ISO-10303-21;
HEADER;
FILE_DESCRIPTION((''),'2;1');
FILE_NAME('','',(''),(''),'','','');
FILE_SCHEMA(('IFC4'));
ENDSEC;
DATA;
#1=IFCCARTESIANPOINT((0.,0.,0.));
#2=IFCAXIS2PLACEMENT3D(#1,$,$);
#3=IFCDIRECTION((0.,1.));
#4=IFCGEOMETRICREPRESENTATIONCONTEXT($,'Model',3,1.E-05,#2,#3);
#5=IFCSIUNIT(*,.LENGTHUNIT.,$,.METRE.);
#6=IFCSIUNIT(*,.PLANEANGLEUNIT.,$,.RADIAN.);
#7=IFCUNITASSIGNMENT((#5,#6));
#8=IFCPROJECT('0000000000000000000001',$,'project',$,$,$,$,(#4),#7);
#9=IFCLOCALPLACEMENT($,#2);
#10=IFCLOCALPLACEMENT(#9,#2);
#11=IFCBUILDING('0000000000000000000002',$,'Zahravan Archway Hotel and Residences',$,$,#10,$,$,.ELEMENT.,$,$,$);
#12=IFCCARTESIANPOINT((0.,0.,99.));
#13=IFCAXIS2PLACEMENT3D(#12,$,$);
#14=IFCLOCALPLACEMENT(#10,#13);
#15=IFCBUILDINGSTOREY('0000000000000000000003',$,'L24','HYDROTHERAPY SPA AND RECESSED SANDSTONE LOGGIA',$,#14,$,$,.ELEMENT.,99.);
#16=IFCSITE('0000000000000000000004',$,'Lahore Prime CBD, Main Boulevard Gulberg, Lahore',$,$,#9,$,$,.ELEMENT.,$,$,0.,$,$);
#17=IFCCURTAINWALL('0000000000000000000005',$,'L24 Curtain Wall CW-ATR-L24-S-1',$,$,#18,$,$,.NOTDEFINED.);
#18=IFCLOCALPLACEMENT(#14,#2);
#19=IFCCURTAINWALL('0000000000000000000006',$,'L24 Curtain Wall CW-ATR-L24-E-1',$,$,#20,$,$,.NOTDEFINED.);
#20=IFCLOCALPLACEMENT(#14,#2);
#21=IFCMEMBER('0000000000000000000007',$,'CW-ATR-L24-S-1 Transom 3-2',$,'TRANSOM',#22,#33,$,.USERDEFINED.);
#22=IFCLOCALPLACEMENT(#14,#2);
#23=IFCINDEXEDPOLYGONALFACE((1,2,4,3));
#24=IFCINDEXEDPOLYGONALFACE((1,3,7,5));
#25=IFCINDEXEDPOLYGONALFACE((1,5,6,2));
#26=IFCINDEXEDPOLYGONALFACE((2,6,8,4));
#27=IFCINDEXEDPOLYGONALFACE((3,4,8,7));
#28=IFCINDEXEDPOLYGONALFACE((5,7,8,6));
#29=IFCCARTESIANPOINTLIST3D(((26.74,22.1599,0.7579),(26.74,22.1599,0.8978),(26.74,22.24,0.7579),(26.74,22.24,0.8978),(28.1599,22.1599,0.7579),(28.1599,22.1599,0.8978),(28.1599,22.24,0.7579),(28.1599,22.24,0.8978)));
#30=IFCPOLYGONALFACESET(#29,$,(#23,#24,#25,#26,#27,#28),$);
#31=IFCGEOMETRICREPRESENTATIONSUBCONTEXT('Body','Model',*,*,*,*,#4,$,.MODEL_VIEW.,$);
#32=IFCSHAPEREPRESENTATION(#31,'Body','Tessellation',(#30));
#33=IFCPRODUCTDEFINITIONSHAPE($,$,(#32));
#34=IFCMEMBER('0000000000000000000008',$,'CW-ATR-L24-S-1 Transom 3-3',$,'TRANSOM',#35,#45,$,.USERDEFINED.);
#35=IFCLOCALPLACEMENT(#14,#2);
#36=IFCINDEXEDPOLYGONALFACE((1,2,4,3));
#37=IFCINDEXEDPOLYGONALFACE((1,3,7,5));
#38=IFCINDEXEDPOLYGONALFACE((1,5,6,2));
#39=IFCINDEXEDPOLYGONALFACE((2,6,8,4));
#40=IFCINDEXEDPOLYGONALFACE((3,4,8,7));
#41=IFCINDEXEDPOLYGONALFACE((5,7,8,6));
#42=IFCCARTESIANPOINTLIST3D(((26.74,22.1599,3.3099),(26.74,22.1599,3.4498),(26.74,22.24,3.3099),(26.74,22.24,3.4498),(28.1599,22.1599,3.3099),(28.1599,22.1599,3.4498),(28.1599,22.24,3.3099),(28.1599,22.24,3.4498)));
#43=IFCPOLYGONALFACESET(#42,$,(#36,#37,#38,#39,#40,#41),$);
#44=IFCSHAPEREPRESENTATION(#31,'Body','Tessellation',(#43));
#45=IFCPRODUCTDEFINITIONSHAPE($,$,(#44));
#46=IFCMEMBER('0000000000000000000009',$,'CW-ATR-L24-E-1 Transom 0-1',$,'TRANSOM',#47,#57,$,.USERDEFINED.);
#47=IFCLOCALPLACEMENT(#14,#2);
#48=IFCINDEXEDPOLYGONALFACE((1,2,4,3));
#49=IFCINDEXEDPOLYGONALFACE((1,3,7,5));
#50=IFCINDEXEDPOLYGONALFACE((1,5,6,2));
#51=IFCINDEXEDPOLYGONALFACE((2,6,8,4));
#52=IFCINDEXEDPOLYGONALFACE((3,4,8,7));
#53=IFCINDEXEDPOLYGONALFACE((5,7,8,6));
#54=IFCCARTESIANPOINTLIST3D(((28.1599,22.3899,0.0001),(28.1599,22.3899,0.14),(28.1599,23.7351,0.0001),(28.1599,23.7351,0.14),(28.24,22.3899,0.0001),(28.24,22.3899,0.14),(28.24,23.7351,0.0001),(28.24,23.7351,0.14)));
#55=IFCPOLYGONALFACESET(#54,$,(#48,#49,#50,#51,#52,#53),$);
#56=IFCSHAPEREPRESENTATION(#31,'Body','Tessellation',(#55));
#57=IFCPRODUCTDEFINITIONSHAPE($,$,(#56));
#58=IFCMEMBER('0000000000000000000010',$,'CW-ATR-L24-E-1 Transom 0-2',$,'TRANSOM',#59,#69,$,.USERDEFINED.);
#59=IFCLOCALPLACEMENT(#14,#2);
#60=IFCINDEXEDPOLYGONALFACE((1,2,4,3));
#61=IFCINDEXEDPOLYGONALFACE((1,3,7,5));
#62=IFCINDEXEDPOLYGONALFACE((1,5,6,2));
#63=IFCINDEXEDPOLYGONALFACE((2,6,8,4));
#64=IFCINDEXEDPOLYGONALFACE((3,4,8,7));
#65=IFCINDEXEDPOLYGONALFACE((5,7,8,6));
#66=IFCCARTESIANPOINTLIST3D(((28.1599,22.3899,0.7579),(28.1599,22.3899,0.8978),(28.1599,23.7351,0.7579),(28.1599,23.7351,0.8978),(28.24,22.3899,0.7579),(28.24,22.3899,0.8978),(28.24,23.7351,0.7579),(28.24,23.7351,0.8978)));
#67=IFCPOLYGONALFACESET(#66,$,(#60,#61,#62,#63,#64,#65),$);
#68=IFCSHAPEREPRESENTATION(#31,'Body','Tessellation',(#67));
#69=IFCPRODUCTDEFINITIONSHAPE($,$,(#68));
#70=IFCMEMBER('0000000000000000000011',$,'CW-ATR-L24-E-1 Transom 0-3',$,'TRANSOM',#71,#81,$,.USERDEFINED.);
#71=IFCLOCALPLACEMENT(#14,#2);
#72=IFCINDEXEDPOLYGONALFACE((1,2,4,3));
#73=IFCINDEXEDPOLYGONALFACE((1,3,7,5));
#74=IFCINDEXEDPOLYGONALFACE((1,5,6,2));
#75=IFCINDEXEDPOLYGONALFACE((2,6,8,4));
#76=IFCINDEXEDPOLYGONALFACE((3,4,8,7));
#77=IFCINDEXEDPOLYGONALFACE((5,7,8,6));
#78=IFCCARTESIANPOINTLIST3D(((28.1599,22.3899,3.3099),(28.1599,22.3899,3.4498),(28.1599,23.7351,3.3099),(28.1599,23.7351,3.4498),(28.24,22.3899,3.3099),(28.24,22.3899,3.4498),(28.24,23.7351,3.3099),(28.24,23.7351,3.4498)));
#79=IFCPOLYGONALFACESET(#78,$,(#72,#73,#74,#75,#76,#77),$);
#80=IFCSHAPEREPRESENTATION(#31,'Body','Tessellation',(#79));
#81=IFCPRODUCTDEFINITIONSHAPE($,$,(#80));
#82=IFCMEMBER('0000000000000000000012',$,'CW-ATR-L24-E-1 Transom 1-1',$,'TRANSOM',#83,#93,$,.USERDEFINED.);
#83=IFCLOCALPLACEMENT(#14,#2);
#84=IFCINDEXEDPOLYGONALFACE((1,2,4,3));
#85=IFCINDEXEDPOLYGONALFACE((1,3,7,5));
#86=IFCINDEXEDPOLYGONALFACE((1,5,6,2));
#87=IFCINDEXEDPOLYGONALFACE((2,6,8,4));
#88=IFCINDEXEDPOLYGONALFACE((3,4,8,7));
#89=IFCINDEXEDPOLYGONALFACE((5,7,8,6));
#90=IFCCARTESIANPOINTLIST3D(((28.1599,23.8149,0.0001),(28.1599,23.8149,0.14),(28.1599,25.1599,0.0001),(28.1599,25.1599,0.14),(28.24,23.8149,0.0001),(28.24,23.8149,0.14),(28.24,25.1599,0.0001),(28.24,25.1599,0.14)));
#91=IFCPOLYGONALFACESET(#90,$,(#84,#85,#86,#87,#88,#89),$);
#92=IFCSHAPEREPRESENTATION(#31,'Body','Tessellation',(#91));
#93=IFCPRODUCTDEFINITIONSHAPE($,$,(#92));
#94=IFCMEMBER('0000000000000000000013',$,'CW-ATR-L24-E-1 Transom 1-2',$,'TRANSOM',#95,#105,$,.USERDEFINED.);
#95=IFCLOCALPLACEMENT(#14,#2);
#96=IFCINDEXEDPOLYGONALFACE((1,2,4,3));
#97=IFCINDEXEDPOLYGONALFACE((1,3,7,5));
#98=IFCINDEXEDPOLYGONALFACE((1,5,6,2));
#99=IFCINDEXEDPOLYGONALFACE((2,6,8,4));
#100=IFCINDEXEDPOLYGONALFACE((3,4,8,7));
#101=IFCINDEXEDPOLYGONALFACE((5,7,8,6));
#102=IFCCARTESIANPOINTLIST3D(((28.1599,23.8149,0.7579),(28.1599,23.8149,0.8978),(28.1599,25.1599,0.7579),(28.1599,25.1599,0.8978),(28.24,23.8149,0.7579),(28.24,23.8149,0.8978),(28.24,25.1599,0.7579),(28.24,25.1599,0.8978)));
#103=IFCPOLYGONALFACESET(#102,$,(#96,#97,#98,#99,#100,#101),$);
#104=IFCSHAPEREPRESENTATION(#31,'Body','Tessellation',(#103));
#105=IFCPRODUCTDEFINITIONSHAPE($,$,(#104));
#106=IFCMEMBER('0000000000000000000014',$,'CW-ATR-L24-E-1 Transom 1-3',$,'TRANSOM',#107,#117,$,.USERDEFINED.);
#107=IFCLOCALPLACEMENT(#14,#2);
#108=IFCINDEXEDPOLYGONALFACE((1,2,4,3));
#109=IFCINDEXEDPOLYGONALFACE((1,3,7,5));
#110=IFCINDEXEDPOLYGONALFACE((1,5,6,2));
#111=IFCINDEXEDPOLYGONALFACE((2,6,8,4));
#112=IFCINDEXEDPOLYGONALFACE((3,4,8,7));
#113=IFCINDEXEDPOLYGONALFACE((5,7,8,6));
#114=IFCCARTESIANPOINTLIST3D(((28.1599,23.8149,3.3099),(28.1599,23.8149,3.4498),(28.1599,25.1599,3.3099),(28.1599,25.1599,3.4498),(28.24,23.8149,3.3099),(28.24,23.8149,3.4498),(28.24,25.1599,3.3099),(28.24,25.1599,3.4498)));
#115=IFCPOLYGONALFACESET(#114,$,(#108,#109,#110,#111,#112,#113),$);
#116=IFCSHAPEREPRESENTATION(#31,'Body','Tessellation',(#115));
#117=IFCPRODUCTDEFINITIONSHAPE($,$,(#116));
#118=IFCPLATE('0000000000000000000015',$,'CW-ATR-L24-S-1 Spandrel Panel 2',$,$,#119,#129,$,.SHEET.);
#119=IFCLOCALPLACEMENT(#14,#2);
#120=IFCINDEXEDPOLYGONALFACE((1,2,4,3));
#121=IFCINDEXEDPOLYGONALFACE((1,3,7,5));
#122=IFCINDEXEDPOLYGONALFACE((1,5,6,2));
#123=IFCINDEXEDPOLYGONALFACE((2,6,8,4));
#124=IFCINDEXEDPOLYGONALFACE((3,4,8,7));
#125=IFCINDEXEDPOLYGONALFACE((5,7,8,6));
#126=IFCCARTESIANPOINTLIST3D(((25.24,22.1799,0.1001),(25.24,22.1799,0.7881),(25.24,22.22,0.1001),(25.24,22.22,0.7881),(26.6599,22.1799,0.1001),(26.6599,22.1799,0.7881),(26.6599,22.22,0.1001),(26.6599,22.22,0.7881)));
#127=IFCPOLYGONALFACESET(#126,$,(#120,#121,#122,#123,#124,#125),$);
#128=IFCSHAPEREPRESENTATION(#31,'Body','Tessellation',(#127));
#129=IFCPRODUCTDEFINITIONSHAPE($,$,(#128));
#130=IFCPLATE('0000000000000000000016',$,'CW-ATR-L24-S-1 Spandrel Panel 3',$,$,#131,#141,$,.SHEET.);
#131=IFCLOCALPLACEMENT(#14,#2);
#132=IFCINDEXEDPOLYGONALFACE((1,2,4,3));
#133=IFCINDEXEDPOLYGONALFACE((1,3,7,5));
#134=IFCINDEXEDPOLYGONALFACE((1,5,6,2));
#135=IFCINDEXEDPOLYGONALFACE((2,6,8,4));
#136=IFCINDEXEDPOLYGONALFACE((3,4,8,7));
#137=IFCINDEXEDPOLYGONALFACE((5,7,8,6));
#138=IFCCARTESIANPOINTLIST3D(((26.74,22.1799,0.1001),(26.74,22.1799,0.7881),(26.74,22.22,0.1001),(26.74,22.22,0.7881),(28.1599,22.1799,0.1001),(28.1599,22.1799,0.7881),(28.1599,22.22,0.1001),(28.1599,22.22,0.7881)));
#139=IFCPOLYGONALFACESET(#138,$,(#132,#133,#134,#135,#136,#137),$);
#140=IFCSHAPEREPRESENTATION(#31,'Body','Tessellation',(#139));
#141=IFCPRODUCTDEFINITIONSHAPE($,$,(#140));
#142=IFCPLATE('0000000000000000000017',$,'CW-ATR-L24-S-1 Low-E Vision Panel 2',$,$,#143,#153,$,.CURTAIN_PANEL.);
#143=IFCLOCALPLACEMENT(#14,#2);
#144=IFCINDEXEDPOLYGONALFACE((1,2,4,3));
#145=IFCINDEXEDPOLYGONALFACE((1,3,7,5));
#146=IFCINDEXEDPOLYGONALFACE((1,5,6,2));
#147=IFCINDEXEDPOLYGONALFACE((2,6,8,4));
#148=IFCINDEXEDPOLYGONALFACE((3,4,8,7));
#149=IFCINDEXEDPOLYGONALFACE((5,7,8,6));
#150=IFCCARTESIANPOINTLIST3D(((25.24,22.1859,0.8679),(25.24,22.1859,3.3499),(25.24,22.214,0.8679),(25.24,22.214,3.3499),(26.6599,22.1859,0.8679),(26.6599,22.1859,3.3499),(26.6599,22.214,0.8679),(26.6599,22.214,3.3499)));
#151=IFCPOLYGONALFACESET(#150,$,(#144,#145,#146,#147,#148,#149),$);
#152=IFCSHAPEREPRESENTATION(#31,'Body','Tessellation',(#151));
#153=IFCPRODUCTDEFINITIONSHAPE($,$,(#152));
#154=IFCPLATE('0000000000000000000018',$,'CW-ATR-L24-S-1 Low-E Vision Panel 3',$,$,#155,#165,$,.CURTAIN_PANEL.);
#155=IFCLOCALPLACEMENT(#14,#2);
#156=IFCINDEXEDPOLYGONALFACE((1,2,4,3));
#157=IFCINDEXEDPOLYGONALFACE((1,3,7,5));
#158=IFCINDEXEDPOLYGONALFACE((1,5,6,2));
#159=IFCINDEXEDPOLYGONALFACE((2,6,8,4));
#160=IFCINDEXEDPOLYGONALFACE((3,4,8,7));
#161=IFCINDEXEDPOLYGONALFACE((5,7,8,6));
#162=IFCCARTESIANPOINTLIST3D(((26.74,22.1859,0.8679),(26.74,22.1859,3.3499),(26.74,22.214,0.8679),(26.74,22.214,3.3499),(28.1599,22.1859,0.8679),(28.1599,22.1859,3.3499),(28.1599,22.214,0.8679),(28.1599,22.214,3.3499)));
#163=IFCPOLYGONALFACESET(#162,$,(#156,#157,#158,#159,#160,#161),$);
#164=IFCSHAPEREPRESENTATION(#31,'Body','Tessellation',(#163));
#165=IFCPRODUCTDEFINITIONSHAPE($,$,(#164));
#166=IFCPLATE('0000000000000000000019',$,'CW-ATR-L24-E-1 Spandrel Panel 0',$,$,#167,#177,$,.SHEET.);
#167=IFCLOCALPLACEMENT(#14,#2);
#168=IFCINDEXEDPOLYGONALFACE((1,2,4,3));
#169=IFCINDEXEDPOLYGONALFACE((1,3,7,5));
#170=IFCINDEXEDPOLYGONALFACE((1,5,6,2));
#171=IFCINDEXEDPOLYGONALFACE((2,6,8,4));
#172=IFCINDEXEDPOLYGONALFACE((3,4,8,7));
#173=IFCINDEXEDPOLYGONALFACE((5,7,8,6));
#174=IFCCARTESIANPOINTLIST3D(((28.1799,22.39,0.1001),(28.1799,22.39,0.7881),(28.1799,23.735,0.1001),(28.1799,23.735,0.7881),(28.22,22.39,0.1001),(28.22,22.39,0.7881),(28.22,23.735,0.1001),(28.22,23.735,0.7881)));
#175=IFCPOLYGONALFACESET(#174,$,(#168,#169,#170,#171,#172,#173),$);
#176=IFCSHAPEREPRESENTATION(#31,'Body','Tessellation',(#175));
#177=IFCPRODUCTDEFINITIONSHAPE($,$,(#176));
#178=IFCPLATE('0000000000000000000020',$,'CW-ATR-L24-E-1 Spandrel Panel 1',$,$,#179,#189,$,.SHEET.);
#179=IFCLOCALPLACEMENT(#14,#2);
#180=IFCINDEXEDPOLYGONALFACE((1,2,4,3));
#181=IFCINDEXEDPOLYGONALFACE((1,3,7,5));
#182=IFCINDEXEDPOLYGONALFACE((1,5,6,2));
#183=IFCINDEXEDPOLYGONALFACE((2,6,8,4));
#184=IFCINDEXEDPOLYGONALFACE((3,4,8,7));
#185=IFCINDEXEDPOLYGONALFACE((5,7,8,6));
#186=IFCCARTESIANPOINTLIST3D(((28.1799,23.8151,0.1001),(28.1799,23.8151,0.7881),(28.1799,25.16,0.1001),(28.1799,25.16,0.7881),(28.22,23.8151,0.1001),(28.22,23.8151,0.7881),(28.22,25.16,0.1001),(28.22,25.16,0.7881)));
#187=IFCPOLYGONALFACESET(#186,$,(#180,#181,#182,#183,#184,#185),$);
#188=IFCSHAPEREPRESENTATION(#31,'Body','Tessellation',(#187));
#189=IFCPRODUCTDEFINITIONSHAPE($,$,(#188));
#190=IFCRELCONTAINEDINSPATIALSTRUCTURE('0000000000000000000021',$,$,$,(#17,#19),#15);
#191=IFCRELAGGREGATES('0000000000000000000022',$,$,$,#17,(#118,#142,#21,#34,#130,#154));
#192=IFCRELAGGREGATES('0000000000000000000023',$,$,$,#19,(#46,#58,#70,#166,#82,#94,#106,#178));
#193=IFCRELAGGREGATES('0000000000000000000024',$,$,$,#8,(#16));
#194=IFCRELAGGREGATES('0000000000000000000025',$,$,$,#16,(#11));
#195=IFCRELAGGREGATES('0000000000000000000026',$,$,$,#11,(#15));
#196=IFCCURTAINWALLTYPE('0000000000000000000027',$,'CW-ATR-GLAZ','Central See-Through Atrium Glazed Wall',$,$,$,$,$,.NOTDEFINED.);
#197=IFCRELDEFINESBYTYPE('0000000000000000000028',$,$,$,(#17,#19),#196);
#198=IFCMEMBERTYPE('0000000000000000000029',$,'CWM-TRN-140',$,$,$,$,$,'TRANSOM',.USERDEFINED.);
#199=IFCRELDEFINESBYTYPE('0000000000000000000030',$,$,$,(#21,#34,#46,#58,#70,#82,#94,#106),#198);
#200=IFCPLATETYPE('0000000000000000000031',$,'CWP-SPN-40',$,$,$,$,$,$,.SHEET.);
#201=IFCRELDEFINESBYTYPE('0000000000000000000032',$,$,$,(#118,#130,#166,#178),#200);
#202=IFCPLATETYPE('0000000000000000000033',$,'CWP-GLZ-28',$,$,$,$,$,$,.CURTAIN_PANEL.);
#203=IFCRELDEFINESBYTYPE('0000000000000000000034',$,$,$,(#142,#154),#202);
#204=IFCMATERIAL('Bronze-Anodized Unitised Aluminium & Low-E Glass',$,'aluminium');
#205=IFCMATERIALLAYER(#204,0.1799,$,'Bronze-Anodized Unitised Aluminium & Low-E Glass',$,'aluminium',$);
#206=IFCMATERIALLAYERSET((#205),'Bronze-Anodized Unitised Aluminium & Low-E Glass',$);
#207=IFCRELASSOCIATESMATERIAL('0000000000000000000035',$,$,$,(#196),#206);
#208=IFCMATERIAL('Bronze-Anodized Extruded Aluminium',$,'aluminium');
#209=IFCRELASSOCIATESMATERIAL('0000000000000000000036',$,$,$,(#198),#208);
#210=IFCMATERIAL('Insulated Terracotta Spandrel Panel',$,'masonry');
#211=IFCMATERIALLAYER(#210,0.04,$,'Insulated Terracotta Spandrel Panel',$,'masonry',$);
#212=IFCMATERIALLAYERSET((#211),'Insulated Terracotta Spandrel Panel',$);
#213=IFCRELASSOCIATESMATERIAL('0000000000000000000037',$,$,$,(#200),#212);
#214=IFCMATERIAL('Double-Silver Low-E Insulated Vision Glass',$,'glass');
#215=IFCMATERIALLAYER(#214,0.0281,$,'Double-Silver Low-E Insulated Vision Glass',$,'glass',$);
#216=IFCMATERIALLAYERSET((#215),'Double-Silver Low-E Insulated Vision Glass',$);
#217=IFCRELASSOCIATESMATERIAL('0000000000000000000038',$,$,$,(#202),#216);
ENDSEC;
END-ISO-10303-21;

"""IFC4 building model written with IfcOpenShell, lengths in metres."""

from ifc_helpers import new_model, si_unit, direction, frame, origin, origin_2d, place, context, subcontext, project, spatial, rectangle, extrude, source, transform, mapped, material, layer, layer_set, material_profile, profile_set, type_object, element, aggregate, save


model = new_model("IFC4")

# Units and contexts
model_context = context("Model", 3, precision=1e-05, world=origin(), true_north=direction((0.0, 1.0)))
body_context = subcontext(model_context, "Body", "Model", "MODEL_VIEW")
ifc_project = project(units=[si_unit("LENGTHUNIT", "METRE"), si_unit("PLANEANGLEUNIT", "RADIAN")], contexts=[model_context])

# Site, building, storey
site_placement = place(None, origin())
site = spatial("IfcSite", under=ifc_project, at=site_placement, Name="Lahore Prime CBD, Main Boulevard Gulberg, Lahore", CompositionType="ELEMENT", RefElevation=0.0)
building_placement = place(site_placement, origin())
building = spatial("IfcBuilding", under=site, at=building_placement, Name="Zahravan Archway Hotel and Residences", CompositionType="ELEMENT")
storey_placement = place(building_placement, frame((0.0, 0.0, 99.0)))
storey = spatial("IfcBuildingStorey", under=building, at=storey_placement, Name="L24", Description="HYDROTHERAPY SPA AND RECESSED SANDSTONE LOGGIA", CompositionType="ELEMENT", Elevation=99.0)

# Curtain walls
ifc_material_1 = material(Name="Bronze-Anodized Unitised Aluminium & Low-E Glass", Category="aluminium")
ifc_layer_1 = layer(ifc_material_1, 0.1799, Name="Bronze-Anodized Unitised Aluminium & Low-E Glass", Category="aluminium")
ifc_layer_set_1 = layer_set([ifc_layer_1], Name="Bronze-Anodized Unitised Aluminium & Low-E Glass")
curtain_wall_type = type_object("IfcCurtainWallType", Name="CW-ATR-GLAZ", Description="Central See-Through Atrium Glazed Wall", PredefinedType="NOTDEFINED", material=ifc_layer_set_1)
curtain_wall_1_placement = place(storey_placement, origin())
curtain_wall_1 = element("IfcCurtainWall", 1, at=curtain_wall_1_placement, inside=storey, type_object=curtain_wall_type, Name="L24 Curtain Wall CW-ATR-L24-S-1", PredefinedType="NOTDEFINED")
ifc_material_2 = material(Name="Bronze-Anodized Extruded Aluminium", Category="aluminium")
curtain_wall_2_placement = place(storey_placement, origin())
curtain_wall_2 = element("IfcCurtainWall", 2, at=curtain_wall_2_placement, inside=storey, type_object=curtain_wall_type, Name="L24 Curtain Wall CW-ATR-L24-E-1", PredefinedType="NOTDEFINED")

# Members
ifc_material_profile_1 = material_profile(ifc_material_2, rectangle(XDim=0.0801, YDim=0.1399, at=origin_2d()), Name="TRN 80x140", Category="aluminium")
ifc_profile_set_1 = profile_set([ifc_material_profile_1], Name="Bronze-Anodized Extruded Aluminium")
member_type_1 = type_object("IfcMemberType", Name="CWM-TRN-140", ElementType="TRANSOM", PredefinedType="USERDEFINED", material=ifc_profile_set_1)
shared_shape_1 = source(origin(), body_context, "Body", "SweptSolid", [
    extrude(rectangle(XDim=0.0801, YDim=0.1399, at=origin_2d()), origin(), (0.0, 0.0, 1.0), 1.4199),
])
member_1_placement = place(storey_placement, frame((26.74, 22.2, 0.8279), z_axis=(1.0, 0.0, 0.0), x_axis=(0.0, 1.0, 0.0)))
member_1 = element("IfcMember", 3, at=member_1_placement, type_object=member_type_1, Name="CW-ATR-L24-S-1 Transom 3-2", ObjectType="TRANSOM", PredefinedType="USERDEFINED", context=body_context, shape_type="MappedRepresentation", body=[
    mapped(shared_shape_1, transform((0.0, 0.0, 0.0), scale=1.0)),
])
member_2_placement = place(storey_placement, frame((26.74, 22.2, 3.3799), z_axis=(1.0, 0.0, 0.0), x_axis=(0.0, 1.0, 0.0)))
member_2 = element("IfcMember", 4, at=member_2_placement, type_object=member_type_1, Name="CW-ATR-L24-S-1 Transom 3-3", ObjectType="TRANSOM", PredefinedType="USERDEFINED", context=body_context, shape_type="MappedRepresentation", body=[
    mapped(shared_shape_1, transform((0.0, 0.0, 0.0), scale=1.0)),
])
shared_shape_2 = source(origin(), body_context, "Body", "SweptSolid", [
    extrude(rectangle(XDim=0.0801, YDim=0.1399, at=origin_2d()), origin(), (0.0, 0.0, 1.0), 1.3452),
])
member_3_placement = place(storey_placement, frame((28.2, 22.3899, 0.0701), z_axis=(0.0, 1.0, 0.0), x_axis=(-1.0, 0.0, 0.0)))
member_3 = element("IfcMember", 5, at=member_3_placement, type_object=member_type_1, Name="CW-ATR-L24-E-1 Transom 0-1", ObjectType="TRANSOM", PredefinedType="USERDEFINED", context=body_context, shape_type="MappedRepresentation", body=[
    mapped(shared_shape_2, transform((0.0, 0.0, 0.0), scale=1.0)),
])
member_4_placement = place(storey_placement, frame((28.2, 22.3899, 0.8279), z_axis=(0.0, 1.0, 0.0), x_axis=(-1.0, 0.0, 0.0)))
member_4 = element("IfcMember", 6, at=member_4_placement, type_object=member_type_1, Name="CW-ATR-L24-E-1 Transom 0-2", ObjectType="TRANSOM", PredefinedType="USERDEFINED", context=body_context, shape_type="MappedRepresentation", body=[
    mapped(shared_shape_2, transform((0.0, 0.0, 0.0), scale=1.0)),
])
member_5_placement = place(storey_placement, frame((28.2, 22.3899, 3.3799), z_axis=(0.0, 1.0, 0.0), x_axis=(-1.0, 0.0, 0.0)))
member_5 = element("IfcMember", 7, at=member_5_placement, type_object=member_type_1, Name="CW-ATR-L24-E-1 Transom 0-3", ObjectType="TRANSOM", PredefinedType="USERDEFINED", context=body_context, shape_type="MappedRepresentation", body=[
    mapped(shared_shape_2, transform((0.0, 0.0, 0.0), scale=1.0)),
])
shared_shape_3 = source(origin(), body_context, "Body", "SweptSolid", [
    extrude(rectangle(XDim=0.0801, YDim=0.1399, at=origin_2d()), origin(), (0.0, 0.0, 1.0), 1.345),
])
member_6_placement = place(storey_placement, frame((28.2, 23.8149, 0.0701), z_axis=(0.0, 1.0, 0.0), x_axis=(-1.0, 0.0, 0.0)))
member_6 = element("IfcMember", 8, at=member_6_placement, type_object=member_type_1, Name="CW-ATR-L24-E-1 Transom 1-1", ObjectType="TRANSOM", PredefinedType="USERDEFINED", context=body_context, shape_type="MappedRepresentation", body=[
    mapped(shared_shape_3, transform((0.0, 0.0, 0.0), scale=1.0)),
])
member_7_placement = place(storey_placement, frame((28.2, 23.8149, 0.8279), z_axis=(0.0, 1.0, 0.0), x_axis=(-1.0, 0.0, 0.0)))
member_7 = element("IfcMember", 9, at=member_7_placement, type_object=member_type_1, Name="CW-ATR-L24-E-1 Transom 1-2", ObjectType="TRANSOM", PredefinedType="USERDEFINED", context=body_context, shape_type="MappedRepresentation", body=[
    mapped(shared_shape_3, transform((0.0, 0.0, 0.0), scale=1.0)),
])
member_8_placement = place(storey_placement, frame((28.2, 23.8149, 3.3799), z_axis=(0.0, 1.0, 0.0), x_axis=(-1.0, 0.0, 0.0)))
member_8 = element("IfcMember", 10, at=member_8_placement, type_object=member_type_1, Name="CW-ATR-L24-E-1 Transom 1-3", ObjectType="TRANSOM", PredefinedType="USERDEFINED", context=body_context, shape_type="MappedRepresentation", body=[
    mapped(shared_shape_3, transform((0.0, 0.0, 0.0), scale=1.0)),
])

# Plates
ifc_material_3 = material(Name="Insulated Terracotta Spandrel Panel", Category="masonry")
ifc_layer_2 = layer(ifc_material_3, 0.04, Name="Insulated Terracotta Spandrel Panel", Category="masonry")
ifc_layer_set_2 = layer_set([ifc_layer_2], Name="Insulated Terracotta Spandrel Panel")
plate_type_1 = type_object("IfcPlateType", Name="CWP-SPN-40", PredefinedType="SHEET", material=ifc_layer_set_2)
shared_shape_4 = source(origin(), body_context, "Body", "SweptSolid", [
    extrude(rectangle(XDim=1.4199, YDim=0.04, at=origin_2d()), origin(), (0.0, 0.0, 1.0), 0.688),
])
plate_1_placement = place(storey_placement, frame((25.95, 22.2, 0.1001), z_axis=(0.0, 0.0, 1.0), x_axis=(1.0, 0.0, 0.0)))
plate_1 = element("IfcPlate", 11, at=plate_1_placement, type_object=plate_type_1, Name="CW-ATR-L24-S-1 Spandrel Panel 2", PredefinedType="SHEET", context=body_context, shape_type="MappedRepresentation", body=[
    mapped(shared_shape_4, transform((0.0, 0.0, 0.0), scale=1.0)),
])
plate_2_placement = place(storey_placement, frame((27.45, 22.2, 0.1001), z_axis=(0.0, 0.0, 1.0), x_axis=(1.0, 0.0, 0.0)))
plate_2 = element("IfcPlate", 12, at=plate_2_placement, type_object=plate_type_1, Name="CW-ATR-L24-S-1 Spandrel Panel 3", PredefinedType="SHEET", context=body_context, shape_type="MappedRepresentation", body=[
    mapped(shared_shape_4, transform((0.0, 0.0, 0.0), scale=1.0)),
])
ifc_material_4 = material(Name="Double-Silver Low-E Insulated Vision Glass", Category="glass")
ifc_layer_3 = layer(ifc_material_4, 0.0281, Name="Double-Silver Low-E Insulated Vision Glass", Category="glass")
ifc_layer_set_3 = layer_set([ifc_layer_3], Name="Double-Silver Low-E Insulated Vision Glass")
plate_type_2 = type_object("IfcPlateType", Name="CWP-GLZ-28", PredefinedType="CURTAIN_PANEL", material=ifc_layer_set_3)
shared_shape_5 = source(origin(), body_context, "Body", "SweptSolid", [
    extrude(rectangle(XDim=1.4199, YDim=0.0281, at=origin_2d()), origin(), (0.0, 0.0, 1.0), 2.4819),
])
plate_3_placement = place(storey_placement, frame((25.95, 22.2, 0.8679), z_axis=(0.0, 0.0, 1.0), x_axis=(1.0, 0.0, 0.0)))
plate_3 = element("IfcPlate", 13, at=plate_3_placement, type_object=plate_type_2, Name="CW-ATR-L24-S-1 Low-E Vision Panel 2", PredefinedType="CURTAIN_PANEL", context=body_context, shape_type="MappedRepresentation", body=[
    mapped(shared_shape_5, transform((0.0, 0.0, 0.0), scale=1.0)),
])
plate_4_placement = place(storey_placement, frame((27.45, 22.2, 0.8679), z_axis=(0.0, 0.0, 1.0), x_axis=(1.0, 0.0, 0.0)))
plate_4 = element("IfcPlate", 14, at=plate_4_placement, type_object=plate_type_2, Name="CW-ATR-L24-S-1 Low-E Vision Panel 3", PredefinedType="CURTAIN_PANEL", context=body_context, shape_type="MappedRepresentation", body=[
    mapped(shared_shape_5, transform((0.0, 0.0, 0.0), scale=1.0)),
])
aggregate(curtain_wall_1, [plate_1, plate_3, member_1, member_2, plate_2, plate_4])
shared_shape_6 = source(origin(), body_context, "Body", "SweptSolid", [
    extrude(rectangle(XDim=1.345, YDim=0.04, at=origin_2d()), origin(), (0.0, 0.0, 1.0), 0.688),
])
plate_5_placement = place(storey_placement, frame((28.2, 23.0625, 0.1001), z_axis=(0.0, 0.0, 1.0), x_axis=(0.0, 1.0, 0.0)))
plate_5 = element("IfcPlate", 15, at=plate_5_placement, type_object=plate_type_1, Name="CW-ATR-L24-E-1 Spandrel Panel 0", PredefinedType="SHEET", context=body_context, shape_type="MappedRepresentation", body=[
    mapped(shared_shape_6, transform((0.0, 0.0, 0.0), scale=1.0)),
])
plate_6_placement = place(storey_placement, frame((28.2, 24.4875, 0.1001), z_axis=(0.0, 0.0, 1.0), x_axis=(0.0, 1.0, 0.0)))
plate_6 = element("IfcPlate", 16, at=plate_6_placement, type_object=plate_type_1, Name="CW-ATR-L24-E-1 Spandrel Panel 1", PredefinedType="SHEET", context=body_context, shape_type="MappedRepresentation", body=[
    mapped(shared_shape_6, transform((0.0, 0.0, 0.0), scale=1.0)),
])
aggregate(curtain_wall_2, [member_3, member_4, member_5, plate_5, member_6, member_7, member_8, plate_6])

save(model, "model.ifc")
